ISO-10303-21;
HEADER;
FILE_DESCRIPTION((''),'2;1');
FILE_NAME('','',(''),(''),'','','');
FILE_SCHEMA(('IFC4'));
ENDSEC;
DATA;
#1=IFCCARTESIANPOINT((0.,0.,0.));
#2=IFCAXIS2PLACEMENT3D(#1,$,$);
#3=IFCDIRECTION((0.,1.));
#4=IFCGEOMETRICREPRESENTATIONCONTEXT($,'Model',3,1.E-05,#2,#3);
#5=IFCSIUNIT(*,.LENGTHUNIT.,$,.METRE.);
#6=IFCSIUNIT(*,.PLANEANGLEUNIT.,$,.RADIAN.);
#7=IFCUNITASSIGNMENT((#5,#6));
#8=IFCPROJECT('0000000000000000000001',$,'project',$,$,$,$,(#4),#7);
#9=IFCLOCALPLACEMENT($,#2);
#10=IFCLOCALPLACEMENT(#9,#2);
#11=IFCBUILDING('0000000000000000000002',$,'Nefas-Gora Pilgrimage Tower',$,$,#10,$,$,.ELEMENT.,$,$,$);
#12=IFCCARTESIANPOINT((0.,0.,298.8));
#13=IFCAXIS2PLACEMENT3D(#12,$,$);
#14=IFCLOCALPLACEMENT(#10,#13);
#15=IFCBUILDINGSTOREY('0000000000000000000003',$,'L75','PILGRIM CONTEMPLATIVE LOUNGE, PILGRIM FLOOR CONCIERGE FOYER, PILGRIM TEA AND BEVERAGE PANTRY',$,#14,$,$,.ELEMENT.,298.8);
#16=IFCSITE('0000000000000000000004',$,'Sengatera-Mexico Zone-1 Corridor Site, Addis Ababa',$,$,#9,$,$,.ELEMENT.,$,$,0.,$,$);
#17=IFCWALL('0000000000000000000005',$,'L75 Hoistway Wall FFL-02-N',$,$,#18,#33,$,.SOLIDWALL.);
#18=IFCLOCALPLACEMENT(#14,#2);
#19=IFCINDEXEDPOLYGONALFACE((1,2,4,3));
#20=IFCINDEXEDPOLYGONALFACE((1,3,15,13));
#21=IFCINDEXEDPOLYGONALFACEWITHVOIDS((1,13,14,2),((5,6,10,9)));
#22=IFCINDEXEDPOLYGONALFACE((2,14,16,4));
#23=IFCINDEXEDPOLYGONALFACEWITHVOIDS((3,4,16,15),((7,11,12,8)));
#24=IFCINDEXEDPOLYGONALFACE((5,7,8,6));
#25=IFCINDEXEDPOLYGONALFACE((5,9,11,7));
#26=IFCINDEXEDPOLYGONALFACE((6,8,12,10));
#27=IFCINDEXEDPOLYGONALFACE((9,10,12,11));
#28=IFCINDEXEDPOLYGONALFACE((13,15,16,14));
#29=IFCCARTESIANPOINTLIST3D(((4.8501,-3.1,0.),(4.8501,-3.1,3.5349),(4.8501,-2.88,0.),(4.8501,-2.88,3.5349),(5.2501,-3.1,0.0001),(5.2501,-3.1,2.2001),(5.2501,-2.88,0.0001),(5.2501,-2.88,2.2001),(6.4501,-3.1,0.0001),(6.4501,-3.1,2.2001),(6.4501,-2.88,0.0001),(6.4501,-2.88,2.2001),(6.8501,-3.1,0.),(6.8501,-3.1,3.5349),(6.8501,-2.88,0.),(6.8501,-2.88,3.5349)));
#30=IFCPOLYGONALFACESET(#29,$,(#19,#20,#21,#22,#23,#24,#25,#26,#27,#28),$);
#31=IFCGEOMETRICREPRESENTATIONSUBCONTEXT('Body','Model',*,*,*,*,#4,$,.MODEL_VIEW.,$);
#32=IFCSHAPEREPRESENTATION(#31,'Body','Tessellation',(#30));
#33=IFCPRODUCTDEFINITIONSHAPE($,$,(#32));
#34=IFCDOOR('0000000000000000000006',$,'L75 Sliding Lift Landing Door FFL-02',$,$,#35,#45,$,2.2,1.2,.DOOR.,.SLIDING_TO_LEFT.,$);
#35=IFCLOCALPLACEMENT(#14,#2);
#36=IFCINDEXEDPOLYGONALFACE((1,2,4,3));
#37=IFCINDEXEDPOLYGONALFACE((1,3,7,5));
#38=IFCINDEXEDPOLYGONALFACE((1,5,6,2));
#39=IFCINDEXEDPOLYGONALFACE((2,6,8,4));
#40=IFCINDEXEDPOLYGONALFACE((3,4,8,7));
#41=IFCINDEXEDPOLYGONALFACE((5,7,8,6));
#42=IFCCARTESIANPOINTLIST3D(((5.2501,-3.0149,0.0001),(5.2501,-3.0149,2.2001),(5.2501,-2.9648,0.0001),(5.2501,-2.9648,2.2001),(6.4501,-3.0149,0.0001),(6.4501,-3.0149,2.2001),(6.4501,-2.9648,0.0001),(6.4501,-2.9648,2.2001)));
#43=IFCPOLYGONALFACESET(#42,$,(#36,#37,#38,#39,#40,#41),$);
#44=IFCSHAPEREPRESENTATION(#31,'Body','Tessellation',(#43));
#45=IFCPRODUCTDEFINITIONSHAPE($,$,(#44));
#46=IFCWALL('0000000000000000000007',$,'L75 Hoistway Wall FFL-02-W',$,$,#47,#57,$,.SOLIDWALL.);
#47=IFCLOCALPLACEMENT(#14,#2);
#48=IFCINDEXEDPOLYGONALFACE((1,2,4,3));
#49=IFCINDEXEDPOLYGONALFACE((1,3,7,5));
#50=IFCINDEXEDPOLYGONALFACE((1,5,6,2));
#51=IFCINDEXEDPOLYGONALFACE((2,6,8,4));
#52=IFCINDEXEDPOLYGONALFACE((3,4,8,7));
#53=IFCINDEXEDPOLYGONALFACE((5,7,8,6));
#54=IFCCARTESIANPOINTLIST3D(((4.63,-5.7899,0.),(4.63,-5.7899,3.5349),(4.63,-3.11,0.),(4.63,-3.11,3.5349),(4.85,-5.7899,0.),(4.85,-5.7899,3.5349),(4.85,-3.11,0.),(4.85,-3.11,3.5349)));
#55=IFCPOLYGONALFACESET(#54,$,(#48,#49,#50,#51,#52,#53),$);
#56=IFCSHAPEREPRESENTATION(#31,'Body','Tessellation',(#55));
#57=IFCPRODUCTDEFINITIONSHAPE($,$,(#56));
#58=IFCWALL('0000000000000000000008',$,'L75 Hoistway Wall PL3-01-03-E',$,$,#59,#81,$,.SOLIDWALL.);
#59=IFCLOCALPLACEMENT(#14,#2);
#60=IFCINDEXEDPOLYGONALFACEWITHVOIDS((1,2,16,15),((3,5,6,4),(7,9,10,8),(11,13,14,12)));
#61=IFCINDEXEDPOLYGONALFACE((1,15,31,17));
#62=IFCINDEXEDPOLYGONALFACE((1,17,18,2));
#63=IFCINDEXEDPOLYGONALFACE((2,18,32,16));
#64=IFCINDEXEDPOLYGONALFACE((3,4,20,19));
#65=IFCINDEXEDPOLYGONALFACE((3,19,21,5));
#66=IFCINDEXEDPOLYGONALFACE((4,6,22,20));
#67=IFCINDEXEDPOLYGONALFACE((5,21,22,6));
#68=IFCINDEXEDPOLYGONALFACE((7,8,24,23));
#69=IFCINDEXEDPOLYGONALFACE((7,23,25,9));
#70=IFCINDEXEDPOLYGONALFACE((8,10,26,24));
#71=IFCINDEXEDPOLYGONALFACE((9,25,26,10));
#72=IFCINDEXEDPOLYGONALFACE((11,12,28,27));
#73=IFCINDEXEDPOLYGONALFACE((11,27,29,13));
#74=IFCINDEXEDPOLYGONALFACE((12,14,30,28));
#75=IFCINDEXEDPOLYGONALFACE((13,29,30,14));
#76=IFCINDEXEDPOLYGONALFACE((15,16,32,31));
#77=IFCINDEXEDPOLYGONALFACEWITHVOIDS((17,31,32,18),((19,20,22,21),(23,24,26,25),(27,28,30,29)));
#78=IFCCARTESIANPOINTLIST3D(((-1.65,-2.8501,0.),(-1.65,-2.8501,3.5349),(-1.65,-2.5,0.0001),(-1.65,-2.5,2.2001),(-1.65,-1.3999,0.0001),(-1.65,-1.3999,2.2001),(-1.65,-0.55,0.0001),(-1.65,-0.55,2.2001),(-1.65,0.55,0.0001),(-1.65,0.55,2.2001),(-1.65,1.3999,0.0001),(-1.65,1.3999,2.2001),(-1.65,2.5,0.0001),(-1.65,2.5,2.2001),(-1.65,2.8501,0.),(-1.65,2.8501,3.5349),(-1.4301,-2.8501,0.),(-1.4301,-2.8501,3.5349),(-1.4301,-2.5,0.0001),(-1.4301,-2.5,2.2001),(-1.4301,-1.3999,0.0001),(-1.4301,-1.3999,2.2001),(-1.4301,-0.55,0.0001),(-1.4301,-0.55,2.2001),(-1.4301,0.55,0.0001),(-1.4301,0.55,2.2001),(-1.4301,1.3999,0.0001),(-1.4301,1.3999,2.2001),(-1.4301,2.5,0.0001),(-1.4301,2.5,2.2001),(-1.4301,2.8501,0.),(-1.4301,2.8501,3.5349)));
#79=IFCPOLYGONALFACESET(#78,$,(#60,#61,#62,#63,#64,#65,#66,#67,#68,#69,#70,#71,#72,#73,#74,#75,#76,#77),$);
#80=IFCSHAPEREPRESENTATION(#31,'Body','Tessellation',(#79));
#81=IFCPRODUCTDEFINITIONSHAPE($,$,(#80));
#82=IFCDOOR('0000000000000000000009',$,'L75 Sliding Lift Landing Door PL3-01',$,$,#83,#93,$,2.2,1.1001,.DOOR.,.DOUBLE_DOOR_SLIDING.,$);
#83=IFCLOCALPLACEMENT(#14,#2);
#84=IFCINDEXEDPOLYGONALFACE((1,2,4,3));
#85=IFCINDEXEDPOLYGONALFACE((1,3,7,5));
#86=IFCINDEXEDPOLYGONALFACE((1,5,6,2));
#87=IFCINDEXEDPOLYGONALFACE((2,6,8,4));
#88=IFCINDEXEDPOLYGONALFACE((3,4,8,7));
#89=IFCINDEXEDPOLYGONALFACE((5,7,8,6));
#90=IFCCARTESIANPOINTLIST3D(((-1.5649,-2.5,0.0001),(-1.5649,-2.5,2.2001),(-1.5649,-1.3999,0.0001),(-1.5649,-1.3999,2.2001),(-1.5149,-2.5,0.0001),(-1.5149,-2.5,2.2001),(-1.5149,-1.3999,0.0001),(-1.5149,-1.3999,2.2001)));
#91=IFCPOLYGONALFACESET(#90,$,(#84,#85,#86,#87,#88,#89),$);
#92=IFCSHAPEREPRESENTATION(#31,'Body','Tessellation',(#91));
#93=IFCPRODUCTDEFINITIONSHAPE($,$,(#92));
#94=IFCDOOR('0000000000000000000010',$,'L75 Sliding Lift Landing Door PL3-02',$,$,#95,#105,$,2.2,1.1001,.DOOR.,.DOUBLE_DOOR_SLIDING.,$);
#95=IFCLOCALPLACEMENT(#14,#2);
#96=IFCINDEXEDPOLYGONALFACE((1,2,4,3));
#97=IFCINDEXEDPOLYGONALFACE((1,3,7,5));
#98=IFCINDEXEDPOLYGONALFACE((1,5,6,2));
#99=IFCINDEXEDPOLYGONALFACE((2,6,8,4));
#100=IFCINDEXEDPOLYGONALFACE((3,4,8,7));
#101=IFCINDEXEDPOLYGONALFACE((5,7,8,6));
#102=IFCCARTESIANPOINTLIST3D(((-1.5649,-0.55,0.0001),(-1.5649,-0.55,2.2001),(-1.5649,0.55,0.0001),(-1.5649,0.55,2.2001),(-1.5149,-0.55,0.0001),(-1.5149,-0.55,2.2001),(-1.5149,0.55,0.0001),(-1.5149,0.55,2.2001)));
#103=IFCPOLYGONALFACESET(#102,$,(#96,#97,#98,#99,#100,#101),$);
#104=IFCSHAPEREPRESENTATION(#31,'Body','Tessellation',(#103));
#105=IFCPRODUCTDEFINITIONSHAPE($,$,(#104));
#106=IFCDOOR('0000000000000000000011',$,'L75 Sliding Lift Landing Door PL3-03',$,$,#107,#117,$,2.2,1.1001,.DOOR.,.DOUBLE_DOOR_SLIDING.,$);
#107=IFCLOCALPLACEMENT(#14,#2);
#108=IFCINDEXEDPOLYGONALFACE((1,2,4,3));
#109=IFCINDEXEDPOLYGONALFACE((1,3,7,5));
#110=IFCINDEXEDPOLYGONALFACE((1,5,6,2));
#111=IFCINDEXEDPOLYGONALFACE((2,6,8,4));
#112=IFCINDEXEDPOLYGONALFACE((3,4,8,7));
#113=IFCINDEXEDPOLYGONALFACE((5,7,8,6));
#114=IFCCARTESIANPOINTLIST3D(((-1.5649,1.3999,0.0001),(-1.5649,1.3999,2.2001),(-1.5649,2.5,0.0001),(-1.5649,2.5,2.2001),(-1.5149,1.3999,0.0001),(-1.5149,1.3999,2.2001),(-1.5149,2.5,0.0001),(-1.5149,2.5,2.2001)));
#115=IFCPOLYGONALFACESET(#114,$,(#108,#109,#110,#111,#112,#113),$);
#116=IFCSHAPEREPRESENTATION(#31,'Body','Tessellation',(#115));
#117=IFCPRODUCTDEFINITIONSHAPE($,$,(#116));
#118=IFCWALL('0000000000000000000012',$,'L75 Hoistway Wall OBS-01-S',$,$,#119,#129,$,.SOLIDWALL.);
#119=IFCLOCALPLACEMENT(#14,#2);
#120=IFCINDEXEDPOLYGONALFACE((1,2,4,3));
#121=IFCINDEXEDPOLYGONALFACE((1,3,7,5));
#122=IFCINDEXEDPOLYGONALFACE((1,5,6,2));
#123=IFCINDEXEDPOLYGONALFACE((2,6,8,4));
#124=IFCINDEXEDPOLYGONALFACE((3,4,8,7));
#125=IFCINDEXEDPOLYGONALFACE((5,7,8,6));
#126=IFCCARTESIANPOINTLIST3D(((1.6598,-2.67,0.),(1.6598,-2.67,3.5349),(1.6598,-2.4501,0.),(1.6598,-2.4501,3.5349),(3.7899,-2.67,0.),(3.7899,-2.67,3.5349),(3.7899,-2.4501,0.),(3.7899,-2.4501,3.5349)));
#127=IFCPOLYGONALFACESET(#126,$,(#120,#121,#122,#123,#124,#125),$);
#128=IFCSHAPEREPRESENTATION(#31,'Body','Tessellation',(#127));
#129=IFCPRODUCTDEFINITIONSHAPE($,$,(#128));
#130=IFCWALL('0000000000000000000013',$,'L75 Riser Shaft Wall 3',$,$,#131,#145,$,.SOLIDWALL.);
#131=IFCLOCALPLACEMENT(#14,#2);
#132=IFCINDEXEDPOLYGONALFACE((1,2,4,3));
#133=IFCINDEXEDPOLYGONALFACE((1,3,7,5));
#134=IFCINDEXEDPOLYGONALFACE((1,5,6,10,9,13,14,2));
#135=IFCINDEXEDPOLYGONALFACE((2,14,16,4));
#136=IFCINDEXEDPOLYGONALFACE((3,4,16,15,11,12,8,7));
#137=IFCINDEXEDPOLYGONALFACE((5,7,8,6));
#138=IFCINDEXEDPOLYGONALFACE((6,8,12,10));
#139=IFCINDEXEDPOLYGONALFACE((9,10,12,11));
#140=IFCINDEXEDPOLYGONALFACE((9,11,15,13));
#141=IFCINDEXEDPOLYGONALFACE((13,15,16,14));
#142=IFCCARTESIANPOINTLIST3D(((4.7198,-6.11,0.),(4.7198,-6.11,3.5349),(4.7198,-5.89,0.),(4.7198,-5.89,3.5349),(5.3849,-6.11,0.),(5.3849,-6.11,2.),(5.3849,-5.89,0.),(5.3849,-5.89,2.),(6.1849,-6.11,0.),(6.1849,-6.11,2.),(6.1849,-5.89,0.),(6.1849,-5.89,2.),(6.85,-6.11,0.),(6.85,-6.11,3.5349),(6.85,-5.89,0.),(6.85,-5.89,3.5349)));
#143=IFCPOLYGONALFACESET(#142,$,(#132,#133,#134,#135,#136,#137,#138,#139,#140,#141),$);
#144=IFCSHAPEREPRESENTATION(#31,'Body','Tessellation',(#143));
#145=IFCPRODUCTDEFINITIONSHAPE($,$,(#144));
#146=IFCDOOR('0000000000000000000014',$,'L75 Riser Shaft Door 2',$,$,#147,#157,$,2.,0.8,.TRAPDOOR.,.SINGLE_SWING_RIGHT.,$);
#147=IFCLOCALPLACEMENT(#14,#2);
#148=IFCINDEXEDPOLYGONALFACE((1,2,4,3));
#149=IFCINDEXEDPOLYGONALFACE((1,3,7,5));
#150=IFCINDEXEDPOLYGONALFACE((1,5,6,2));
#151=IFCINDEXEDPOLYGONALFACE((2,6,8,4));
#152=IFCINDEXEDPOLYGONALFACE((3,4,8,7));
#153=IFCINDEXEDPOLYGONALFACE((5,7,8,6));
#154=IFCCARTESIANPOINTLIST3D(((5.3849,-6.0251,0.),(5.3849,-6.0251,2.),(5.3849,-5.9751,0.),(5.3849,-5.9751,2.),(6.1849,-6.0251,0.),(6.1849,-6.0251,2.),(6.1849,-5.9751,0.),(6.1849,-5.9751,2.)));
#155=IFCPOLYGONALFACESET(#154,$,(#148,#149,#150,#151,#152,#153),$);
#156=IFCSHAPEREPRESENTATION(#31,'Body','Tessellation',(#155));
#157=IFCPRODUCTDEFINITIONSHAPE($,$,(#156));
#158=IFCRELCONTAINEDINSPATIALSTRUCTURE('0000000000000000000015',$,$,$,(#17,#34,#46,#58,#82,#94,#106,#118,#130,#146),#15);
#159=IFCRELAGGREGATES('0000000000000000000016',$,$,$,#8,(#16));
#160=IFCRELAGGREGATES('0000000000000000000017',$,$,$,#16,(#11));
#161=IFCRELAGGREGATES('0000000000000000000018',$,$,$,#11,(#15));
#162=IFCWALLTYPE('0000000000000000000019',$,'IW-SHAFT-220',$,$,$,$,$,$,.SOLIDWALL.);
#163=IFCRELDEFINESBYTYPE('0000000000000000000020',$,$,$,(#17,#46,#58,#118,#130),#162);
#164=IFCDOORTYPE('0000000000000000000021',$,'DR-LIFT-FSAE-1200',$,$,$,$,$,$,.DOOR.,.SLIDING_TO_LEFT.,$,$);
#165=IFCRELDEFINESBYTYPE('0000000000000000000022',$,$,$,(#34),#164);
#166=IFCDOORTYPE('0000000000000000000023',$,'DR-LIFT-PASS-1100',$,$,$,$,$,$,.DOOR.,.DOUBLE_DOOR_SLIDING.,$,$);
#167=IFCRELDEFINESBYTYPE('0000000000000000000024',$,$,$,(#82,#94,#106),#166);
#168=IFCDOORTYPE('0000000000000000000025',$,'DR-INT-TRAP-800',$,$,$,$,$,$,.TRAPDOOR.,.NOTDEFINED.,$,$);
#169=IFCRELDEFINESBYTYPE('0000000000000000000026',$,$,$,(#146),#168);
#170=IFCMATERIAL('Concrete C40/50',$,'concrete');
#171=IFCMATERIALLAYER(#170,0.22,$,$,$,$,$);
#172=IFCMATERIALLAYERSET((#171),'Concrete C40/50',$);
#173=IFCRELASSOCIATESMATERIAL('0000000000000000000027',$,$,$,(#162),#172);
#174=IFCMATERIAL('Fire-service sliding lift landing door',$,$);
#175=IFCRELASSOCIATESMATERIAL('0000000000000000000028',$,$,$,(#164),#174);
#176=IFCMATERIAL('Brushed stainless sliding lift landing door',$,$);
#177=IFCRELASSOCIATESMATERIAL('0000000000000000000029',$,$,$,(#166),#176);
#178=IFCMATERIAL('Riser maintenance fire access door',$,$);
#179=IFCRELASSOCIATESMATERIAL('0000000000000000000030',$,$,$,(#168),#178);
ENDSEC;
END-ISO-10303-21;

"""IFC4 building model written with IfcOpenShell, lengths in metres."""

from ifc_helpers import new_model, si_unit, direction, frame, frame_2d, origin, place, context, subcontext, project, spatial, rectangle, extrude, source, transform, mapped, material, layer, layer_set, type_object, element, fill, save


model = new_model("IFC4")

# Units and contexts
model_context = context("Model", 3, precision=1e-05, world=origin(), true_north=direction((0.0, 1.0)))
body_context = subcontext(model_context, "Body", "Model", "MODEL_VIEW")
ifc_project = project(units=[si_unit("LENGTHUNIT", "METRE"), si_unit("PLANEANGLEUNIT", "RADIAN")], contexts=[model_context])

# Site, building, storey
site_placement = place(None, origin())
site = spatial("IfcSite", under=ifc_project, at=site_placement, Name="Sengatera-Mexico Zone-1 Corridor Site, Addis Ababa", CompositionType="ELEMENT", RefElevation=0.0)
building_placement = place(site_placement, origin())
building = spatial("IfcBuilding", under=site, at=building_placement, Name="Nefas-Gora Pilgrimage Tower", CompositionType="ELEMENT")
storey_placement = place(building_placement, frame((0.0, 0.0, 298.8)))
storey = spatial("IfcBuildingStorey", under=building, at=storey_placement, Name="L75", Description="PILGRIM CONTEMPLATIVE LOUNGE, PILGRIM FLOOR CONCIERGE FOYER, PILGRIM TEA AND BEVERAGE PANTRY", CompositionType="ELEMENT", Elevation=298.8)

# Shared definitions
ifc_material_1 = material(Name="Concrete C40/50", Category="concrete")

# Wall, opening, door
ifc_layer_1 = layer(ifc_material_1, 0.22)
ifc_layer_set_1 = layer_set([ifc_layer_1], Name="Concrete C40/50")
wall_type_1 = type_object("IfcWallType", Name="IW-SHAFT-220", PredefinedType="SOLIDWALL", material=ifc_layer_set_1)
shared_shape_1 = source(origin(), body_context, "Body", "SweptSolid", [
    extrude(rectangle(XDim=2.0, YDim=0.22, at=frame_2d((1.0, 0.0))), origin(), (0.0, 0.0, 1.0), 3.5349),
])
wall_1_placement = place(storey_placement, frame((6.8501, -2.99, 0.0), z_axis=(0.0, 0.0, 1.0), x_axis=(-1.0, 0.0, 0.0)))
wall_1 = element("IfcWall", 1, at=wall_1_placement, inside=storey, type_object=wall_type_1, Name="L75 Hoistway Wall FFL-02-N", PredefinedType="SOLIDWALL", context=body_context, shape_type="MappedRepresentation", body=[
    mapped(shared_shape_1, transform((0.0, 0.0, 0.0), x_axis=(1.0, 0.0, 0.0), y_axis=(0.0, 1.0, 0.0), z_axis=(0.0, 0.0, 1.0), scale=1.0)),
])
opening_1_placement = place(wall_1_placement, frame((0.3999, 0.0, 0.0)))
opening_1 = element("IfcOpeningElement", 2, at=opening_1_placement, cuts=wall_1, PredefinedType="OPENING", context=body_context, shape_type="SweptSolid", body=[
    extrude(rectangle(XDim=1.2, YDim=2.2, at=frame_2d((0.6001, 1.1001))), frame((0.0, 0.1199, 0.0), z_axis=(0.0, -1.0, 0.0), x_axis=(1.0, 0.0, 0.0)), (0.0, 0.0, 1.0), 0.24),
])
ifc_material_2 = material(Name="Fire-service sliding lift landing door")
door_type_1 = type_object("IfcDoorType", Name="DR-LIFT-FSAE-1200", OperationType="SLIDING_TO_LEFT", PredefinedType="DOOR", material=ifc_material_2)
shared_shape_2 = source(origin(), body_context, "Body", "SweptSolid", [
    extrude(rectangle(XDim=1.2, YDim=2.2, at=frame_2d((0.6001, 1.1001))), frame((0.0, 0.0249, 0.0), z_axis=(0.0, -1.0, 0.0), x_axis=(1.0, 0.0, 0.0)), (0.0, 0.0, 1.0), 0.05),
])
door_1_placement = place(opening_1_placement, origin())
door_1 = element("IfcDoor", 3, at=door_1_placement, inside=storey, type_object=door_type_1, Name="L75 Sliding Lift Landing Door FFL-02", OperationType="SLIDING_TO_LEFT", OverallHeight=2.2, OverallWidth=1.2, PredefinedType="DOOR", context=body_context, shape_type="MappedRepresentation", body=[
    mapped(shared_shape_2, transform((0.0, 0.0, 0.0), x_axis=(1.0, 0.0, 0.0), y_axis=(0.0, 1.0, 0.0), z_axis=(0.0, 0.0, 1.0), scale=1.0)),
])
fill(opening_1, door_1)

# Wall
shared_shape_3 = source(origin(), body_context, "Body", "SweptSolid", [
    extrude(rectangle(XDim=2.6799, YDim=0.22, at=frame_2d((1.3398, 0.0))), origin(), (0.0, 0.0, 1.0), 3.5349),
])
wall_2_placement = place(storey_placement, frame((4.74, -3.1101, 0.0), z_axis=(0.0, 0.0, 1.0), x_axis=(0.0, -1.0, 0.0)))
element("IfcWall", 4, at=wall_2_placement, inside=storey, type_object=wall_type_1, Name="L75 Hoistway Wall FFL-02-W", PredefinedType="SOLIDWALL", context=body_context, shape_type="MappedRepresentation", body=[
    mapped(shared_shape_3, transform((0.0, 0.0, 0.0), x_axis=(1.0, 0.0, 0.0), y_axis=(0.0, 1.0, 0.0), z_axis=(0.0, 0.0, 1.0), scale=1.0)),
])

# Wall, openings, doors
shared_shape_4 = source(origin(), body_context, "Body", "SweptSolid", [
    extrude(rectangle(XDim=5.7002, YDim=0.22, at=frame_2d((2.8501, 0.0))), origin(), (0.0, 0.0, 1.0), 3.5349),
])
wall_3_placement = place(storey_placement, frame((-1.54, -2.8501, 0.0), z_axis=(0.0, 0.0, 1.0), x_axis=(0.0, 1.0, 0.0)))
wall_3 = element("IfcWall", 5, at=wall_3_placement, inside=storey, type_object=wall_type_1, Name="L75 Hoistway Wall PL3-01-03-E", PredefinedType="SOLIDWALL", context=body_context, shape_type="MappedRepresentation", body=[
    mapped(shared_shape_4, transform((0.0, 0.0, 0.0), x_axis=(1.0, 0.0, 0.0), y_axis=(0.0, 1.0, 0.0), z_axis=(0.0, 0.0, 1.0), scale=1.0)),
])
opening_2_placement = place(wall_3_placement, frame((0.3501, 0.0, 0.0)))
opening_2 = element("IfcOpeningElement", 6, at=opening_2_placement, cuts=wall_3, PredefinedType="OPENING", context=body_context, shape_type="SweptSolid", body=[
    extrude(rectangle(XDim=1.1001, YDim=2.2, at=frame_2d((0.55, 1.1001))), frame((0.0, 0.1199, 0.0), z_axis=(0.0, -1.0, 0.0), x_axis=(1.0, 0.0, 0.0)), (0.0, 0.0, 1.0), 0.24),
])
opening_3_placement = place(wall_3_placement, frame((2.3, 0.0, 0.0)))
opening_3 = element("IfcOpeningElement", 7, at=opening_3_placement, cuts=wall_3, PredefinedType="OPENING", context=body_context, shape_type="SweptSolid", body=[
    extrude(rectangle(XDim=1.1001, YDim=2.2, at=frame_2d((0.55, 1.1001))), frame((0.0, 0.1199, 0.0), z_axis=(0.0, -1.0, 0.0), x_axis=(1.0, 0.0, 0.0)), (0.0, 0.0, 1.0), 0.24),
])
opening_4_placement = place(wall_3_placement, frame((4.25, 0.0, 0.0)))
opening_4 = element("IfcOpeningElement", 8, at=opening_4_placement, cuts=wall_3, PredefinedType="OPENING", context=body_context, shape_type="SweptSolid", body=[
    extrude(rectangle(XDim=1.1001, YDim=2.2, at=frame_2d((0.55, 1.1001))), frame((0.0, 0.1199, 0.0), z_axis=(0.0, -1.0, 0.0), x_axis=(1.0, 0.0, 0.0)), (0.0, 0.0, 1.0), 0.24),
])
ifc_material_3 = material(Name="Brushed stainless sliding lift landing door")
door_type_2 = type_object("IfcDoorType", Name="DR-LIFT-PASS-1100", OperationType="DOUBLE_DOOR_SLIDING", PredefinedType="DOOR", material=ifc_material_3)
shared_shape_5 = source(origin(), body_context, "Body", "SweptSolid", [
    extrude(rectangle(XDim=1.1001, YDim=2.2, at=frame_2d((0.55, 1.1001))), frame((0.0, 0.0249, 0.0), z_axis=(0.0, -1.0, 0.0), x_axis=(1.0, 0.0, 0.0)), (0.0, 0.0, 1.0), 0.05),
])
door_2_placement = place(opening_2_placement, origin())
door_2 = element("IfcDoor", 9, at=door_2_placement, inside=storey, type_object=door_type_2, Name="L75 Sliding Lift Landing Door PL3-01", OperationType="DOUBLE_DOOR_SLIDING", OverallHeight=2.2, OverallWidth=1.1001, PredefinedType="DOOR", context=body_context, shape_type="MappedRepresentation", body=[
    mapped(shared_shape_5, transform((0.0, 0.0, 0.0), x_axis=(1.0, 0.0, 0.0), y_axis=(0.0, 1.0, 0.0), z_axis=(0.0, 0.0, 1.0), scale=1.0)),
])
fill(opening_2, door_2)
door_3_placement = place(opening_3_placement, origin())
door_3 = element("IfcDoor", 10, at=door_3_placement, inside=storey, type_object=door_type_2, Name="L75 Sliding Lift Landing Door PL3-02", OperationType="DOUBLE_DOOR_SLIDING", OverallHeight=2.2, OverallWidth=1.1001, PredefinedType="DOOR", context=body_context, shape_type="MappedRepresentation", body=[
    mapped(shared_shape_5, transform((0.0, 0.0, 0.0), x_axis=(1.0, 0.0, 0.0), y_axis=(0.0, 1.0, 0.0), z_axis=(0.0, 0.0, 1.0), scale=1.0)),
])
fill(opening_3, door_3)
door_4_placement = place(opening_4_placement, origin())
door_4 = element("IfcDoor", 11, at=door_4_placement, inside=storey, type_object=door_type_2, Name="L75 Sliding Lift Landing Door PL3-03", OperationType="DOUBLE_DOOR_SLIDING", OverallHeight=2.2, OverallWidth=1.1001, PredefinedType="DOOR", context=body_context, shape_type="MappedRepresentation", body=[
    mapped(shared_shape_5, transform((0.0, 0.0, 0.0), x_axis=(1.0, 0.0, 0.0), y_axis=(0.0, 1.0, 0.0), z_axis=(0.0, 0.0, 1.0), scale=1.0)),
])
fill(opening_4, door_4)

# Wall
shared_shape_6 = source(origin(), body_context, "Body", "SweptSolid", [
    extrude(rectangle(XDim=2.1301, YDim=0.22, at=frame_2d((1.0649, 0.0))), origin(), (0.0, 0.0, 1.0), 3.5349),
])
wall_4_placement = place(storey_placement, frame((1.6599, -2.5601, 0.0), z_axis=(0.0, 0.0, 1.0), x_axis=(1.0, 0.0, 0.0)))
element("IfcWall", 12, at=wall_4_placement, inside=storey, type_object=wall_type_1, Name="L75 Hoistway Wall OBS-01-S", PredefinedType="SOLIDWALL", context=body_context, shape_type="MappedRepresentation", body=[
    mapped(shared_shape_6, transform((0.0, 0.0, 0.0), x_axis=(1.0, 0.0, 0.0), y_axis=(0.0, 1.0, 0.0), z_axis=(0.0, 0.0, 1.0), scale=1.0)),
])

# Wall, opening, door
wall_5_placement = place(storey_placement, frame((4.72, -6.0, 0.0), z_axis=(0.0, 0.0, 1.0), x_axis=(1.0, 0.0, 0.0)))
wall_5 = element("IfcWall", 13, at=wall_5_placement, inside=storey, type_object=wall_type_1, Name="L75 Riser Shaft Wall 3", PredefinedType="SOLIDWALL", context=body_context, shape_type="MappedRepresentation", body=[
    mapped(shared_shape_6, transform((0.0, 0.0, 0.0), x_axis=(1.0, 0.0, 0.0), y_axis=(0.0, 1.0, 0.0), z_axis=(0.0, 0.0, 1.0), scale=1.0)),
])
opening_5_placement = place(wall_5_placement, frame((0.665, 0.0, 0.0)))
opening_5 = element("IfcOpeningElement", 14, at=opening_5_placement, cuts=wall_5, PredefinedType="OPENING", context=body_context, shape_type="SweptSolid", body=[
    extrude(rectangle(XDim=0.8, YDim=2.0, at=frame_2d((0.3999, 1.0))), frame((0.0, 0.1199, 0.0), z_axis=(0.0, -1.0, 0.0), x_axis=(1.0, 0.0, 0.0)), (0.0, 0.0, 1.0), 0.24),
])
ifc_material_4 = material(Name="Riser maintenance fire access door")
door_type_3 = type_object("IfcDoorType", Name="DR-INT-TRAP-800", OperationType="NOTDEFINED", PredefinedType="TRAPDOOR", material=ifc_material_4)
shared_shape_7 = source(origin(), body_context, "Body", "SweptSolid", [
    extrude(rectangle(XDim=0.8, YDim=2.0, at=frame_2d((0.3999, 1.0))), frame((0.0, 0.0249, 0.0), z_axis=(0.0, -1.0, 0.0), x_axis=(1.0, 0.0, 0.0)), (0.0, 0.0, 1.0), 0.05),
])
door_5_placement = place(opening_5_placement, origin())
door_5 = element("IfcDoor", 15, at=door_5_placement, inside=storey, type_object=door_type_3, Name="L75 Riser Shaft Door 2", OperationType="SINGLE_SWING_RIGHT", OverallHeight=2.0, OverallWidth=0.8, PredefinedType="TRAPDOOR", context=body_context, shape_type="MappedRepresentation", body=[
    mapped(shared_shape_7, transform((0.0, 0.0, 0.0), x_axis=(1.0, 0.0, 0.0), y_axis=(0.0, 1.0, 0.0), z_axis=(0.0, 0.0, 1.0), scale=1.0)),
])
fill(opening_5, door_5)

save(model, "model.ifc")
